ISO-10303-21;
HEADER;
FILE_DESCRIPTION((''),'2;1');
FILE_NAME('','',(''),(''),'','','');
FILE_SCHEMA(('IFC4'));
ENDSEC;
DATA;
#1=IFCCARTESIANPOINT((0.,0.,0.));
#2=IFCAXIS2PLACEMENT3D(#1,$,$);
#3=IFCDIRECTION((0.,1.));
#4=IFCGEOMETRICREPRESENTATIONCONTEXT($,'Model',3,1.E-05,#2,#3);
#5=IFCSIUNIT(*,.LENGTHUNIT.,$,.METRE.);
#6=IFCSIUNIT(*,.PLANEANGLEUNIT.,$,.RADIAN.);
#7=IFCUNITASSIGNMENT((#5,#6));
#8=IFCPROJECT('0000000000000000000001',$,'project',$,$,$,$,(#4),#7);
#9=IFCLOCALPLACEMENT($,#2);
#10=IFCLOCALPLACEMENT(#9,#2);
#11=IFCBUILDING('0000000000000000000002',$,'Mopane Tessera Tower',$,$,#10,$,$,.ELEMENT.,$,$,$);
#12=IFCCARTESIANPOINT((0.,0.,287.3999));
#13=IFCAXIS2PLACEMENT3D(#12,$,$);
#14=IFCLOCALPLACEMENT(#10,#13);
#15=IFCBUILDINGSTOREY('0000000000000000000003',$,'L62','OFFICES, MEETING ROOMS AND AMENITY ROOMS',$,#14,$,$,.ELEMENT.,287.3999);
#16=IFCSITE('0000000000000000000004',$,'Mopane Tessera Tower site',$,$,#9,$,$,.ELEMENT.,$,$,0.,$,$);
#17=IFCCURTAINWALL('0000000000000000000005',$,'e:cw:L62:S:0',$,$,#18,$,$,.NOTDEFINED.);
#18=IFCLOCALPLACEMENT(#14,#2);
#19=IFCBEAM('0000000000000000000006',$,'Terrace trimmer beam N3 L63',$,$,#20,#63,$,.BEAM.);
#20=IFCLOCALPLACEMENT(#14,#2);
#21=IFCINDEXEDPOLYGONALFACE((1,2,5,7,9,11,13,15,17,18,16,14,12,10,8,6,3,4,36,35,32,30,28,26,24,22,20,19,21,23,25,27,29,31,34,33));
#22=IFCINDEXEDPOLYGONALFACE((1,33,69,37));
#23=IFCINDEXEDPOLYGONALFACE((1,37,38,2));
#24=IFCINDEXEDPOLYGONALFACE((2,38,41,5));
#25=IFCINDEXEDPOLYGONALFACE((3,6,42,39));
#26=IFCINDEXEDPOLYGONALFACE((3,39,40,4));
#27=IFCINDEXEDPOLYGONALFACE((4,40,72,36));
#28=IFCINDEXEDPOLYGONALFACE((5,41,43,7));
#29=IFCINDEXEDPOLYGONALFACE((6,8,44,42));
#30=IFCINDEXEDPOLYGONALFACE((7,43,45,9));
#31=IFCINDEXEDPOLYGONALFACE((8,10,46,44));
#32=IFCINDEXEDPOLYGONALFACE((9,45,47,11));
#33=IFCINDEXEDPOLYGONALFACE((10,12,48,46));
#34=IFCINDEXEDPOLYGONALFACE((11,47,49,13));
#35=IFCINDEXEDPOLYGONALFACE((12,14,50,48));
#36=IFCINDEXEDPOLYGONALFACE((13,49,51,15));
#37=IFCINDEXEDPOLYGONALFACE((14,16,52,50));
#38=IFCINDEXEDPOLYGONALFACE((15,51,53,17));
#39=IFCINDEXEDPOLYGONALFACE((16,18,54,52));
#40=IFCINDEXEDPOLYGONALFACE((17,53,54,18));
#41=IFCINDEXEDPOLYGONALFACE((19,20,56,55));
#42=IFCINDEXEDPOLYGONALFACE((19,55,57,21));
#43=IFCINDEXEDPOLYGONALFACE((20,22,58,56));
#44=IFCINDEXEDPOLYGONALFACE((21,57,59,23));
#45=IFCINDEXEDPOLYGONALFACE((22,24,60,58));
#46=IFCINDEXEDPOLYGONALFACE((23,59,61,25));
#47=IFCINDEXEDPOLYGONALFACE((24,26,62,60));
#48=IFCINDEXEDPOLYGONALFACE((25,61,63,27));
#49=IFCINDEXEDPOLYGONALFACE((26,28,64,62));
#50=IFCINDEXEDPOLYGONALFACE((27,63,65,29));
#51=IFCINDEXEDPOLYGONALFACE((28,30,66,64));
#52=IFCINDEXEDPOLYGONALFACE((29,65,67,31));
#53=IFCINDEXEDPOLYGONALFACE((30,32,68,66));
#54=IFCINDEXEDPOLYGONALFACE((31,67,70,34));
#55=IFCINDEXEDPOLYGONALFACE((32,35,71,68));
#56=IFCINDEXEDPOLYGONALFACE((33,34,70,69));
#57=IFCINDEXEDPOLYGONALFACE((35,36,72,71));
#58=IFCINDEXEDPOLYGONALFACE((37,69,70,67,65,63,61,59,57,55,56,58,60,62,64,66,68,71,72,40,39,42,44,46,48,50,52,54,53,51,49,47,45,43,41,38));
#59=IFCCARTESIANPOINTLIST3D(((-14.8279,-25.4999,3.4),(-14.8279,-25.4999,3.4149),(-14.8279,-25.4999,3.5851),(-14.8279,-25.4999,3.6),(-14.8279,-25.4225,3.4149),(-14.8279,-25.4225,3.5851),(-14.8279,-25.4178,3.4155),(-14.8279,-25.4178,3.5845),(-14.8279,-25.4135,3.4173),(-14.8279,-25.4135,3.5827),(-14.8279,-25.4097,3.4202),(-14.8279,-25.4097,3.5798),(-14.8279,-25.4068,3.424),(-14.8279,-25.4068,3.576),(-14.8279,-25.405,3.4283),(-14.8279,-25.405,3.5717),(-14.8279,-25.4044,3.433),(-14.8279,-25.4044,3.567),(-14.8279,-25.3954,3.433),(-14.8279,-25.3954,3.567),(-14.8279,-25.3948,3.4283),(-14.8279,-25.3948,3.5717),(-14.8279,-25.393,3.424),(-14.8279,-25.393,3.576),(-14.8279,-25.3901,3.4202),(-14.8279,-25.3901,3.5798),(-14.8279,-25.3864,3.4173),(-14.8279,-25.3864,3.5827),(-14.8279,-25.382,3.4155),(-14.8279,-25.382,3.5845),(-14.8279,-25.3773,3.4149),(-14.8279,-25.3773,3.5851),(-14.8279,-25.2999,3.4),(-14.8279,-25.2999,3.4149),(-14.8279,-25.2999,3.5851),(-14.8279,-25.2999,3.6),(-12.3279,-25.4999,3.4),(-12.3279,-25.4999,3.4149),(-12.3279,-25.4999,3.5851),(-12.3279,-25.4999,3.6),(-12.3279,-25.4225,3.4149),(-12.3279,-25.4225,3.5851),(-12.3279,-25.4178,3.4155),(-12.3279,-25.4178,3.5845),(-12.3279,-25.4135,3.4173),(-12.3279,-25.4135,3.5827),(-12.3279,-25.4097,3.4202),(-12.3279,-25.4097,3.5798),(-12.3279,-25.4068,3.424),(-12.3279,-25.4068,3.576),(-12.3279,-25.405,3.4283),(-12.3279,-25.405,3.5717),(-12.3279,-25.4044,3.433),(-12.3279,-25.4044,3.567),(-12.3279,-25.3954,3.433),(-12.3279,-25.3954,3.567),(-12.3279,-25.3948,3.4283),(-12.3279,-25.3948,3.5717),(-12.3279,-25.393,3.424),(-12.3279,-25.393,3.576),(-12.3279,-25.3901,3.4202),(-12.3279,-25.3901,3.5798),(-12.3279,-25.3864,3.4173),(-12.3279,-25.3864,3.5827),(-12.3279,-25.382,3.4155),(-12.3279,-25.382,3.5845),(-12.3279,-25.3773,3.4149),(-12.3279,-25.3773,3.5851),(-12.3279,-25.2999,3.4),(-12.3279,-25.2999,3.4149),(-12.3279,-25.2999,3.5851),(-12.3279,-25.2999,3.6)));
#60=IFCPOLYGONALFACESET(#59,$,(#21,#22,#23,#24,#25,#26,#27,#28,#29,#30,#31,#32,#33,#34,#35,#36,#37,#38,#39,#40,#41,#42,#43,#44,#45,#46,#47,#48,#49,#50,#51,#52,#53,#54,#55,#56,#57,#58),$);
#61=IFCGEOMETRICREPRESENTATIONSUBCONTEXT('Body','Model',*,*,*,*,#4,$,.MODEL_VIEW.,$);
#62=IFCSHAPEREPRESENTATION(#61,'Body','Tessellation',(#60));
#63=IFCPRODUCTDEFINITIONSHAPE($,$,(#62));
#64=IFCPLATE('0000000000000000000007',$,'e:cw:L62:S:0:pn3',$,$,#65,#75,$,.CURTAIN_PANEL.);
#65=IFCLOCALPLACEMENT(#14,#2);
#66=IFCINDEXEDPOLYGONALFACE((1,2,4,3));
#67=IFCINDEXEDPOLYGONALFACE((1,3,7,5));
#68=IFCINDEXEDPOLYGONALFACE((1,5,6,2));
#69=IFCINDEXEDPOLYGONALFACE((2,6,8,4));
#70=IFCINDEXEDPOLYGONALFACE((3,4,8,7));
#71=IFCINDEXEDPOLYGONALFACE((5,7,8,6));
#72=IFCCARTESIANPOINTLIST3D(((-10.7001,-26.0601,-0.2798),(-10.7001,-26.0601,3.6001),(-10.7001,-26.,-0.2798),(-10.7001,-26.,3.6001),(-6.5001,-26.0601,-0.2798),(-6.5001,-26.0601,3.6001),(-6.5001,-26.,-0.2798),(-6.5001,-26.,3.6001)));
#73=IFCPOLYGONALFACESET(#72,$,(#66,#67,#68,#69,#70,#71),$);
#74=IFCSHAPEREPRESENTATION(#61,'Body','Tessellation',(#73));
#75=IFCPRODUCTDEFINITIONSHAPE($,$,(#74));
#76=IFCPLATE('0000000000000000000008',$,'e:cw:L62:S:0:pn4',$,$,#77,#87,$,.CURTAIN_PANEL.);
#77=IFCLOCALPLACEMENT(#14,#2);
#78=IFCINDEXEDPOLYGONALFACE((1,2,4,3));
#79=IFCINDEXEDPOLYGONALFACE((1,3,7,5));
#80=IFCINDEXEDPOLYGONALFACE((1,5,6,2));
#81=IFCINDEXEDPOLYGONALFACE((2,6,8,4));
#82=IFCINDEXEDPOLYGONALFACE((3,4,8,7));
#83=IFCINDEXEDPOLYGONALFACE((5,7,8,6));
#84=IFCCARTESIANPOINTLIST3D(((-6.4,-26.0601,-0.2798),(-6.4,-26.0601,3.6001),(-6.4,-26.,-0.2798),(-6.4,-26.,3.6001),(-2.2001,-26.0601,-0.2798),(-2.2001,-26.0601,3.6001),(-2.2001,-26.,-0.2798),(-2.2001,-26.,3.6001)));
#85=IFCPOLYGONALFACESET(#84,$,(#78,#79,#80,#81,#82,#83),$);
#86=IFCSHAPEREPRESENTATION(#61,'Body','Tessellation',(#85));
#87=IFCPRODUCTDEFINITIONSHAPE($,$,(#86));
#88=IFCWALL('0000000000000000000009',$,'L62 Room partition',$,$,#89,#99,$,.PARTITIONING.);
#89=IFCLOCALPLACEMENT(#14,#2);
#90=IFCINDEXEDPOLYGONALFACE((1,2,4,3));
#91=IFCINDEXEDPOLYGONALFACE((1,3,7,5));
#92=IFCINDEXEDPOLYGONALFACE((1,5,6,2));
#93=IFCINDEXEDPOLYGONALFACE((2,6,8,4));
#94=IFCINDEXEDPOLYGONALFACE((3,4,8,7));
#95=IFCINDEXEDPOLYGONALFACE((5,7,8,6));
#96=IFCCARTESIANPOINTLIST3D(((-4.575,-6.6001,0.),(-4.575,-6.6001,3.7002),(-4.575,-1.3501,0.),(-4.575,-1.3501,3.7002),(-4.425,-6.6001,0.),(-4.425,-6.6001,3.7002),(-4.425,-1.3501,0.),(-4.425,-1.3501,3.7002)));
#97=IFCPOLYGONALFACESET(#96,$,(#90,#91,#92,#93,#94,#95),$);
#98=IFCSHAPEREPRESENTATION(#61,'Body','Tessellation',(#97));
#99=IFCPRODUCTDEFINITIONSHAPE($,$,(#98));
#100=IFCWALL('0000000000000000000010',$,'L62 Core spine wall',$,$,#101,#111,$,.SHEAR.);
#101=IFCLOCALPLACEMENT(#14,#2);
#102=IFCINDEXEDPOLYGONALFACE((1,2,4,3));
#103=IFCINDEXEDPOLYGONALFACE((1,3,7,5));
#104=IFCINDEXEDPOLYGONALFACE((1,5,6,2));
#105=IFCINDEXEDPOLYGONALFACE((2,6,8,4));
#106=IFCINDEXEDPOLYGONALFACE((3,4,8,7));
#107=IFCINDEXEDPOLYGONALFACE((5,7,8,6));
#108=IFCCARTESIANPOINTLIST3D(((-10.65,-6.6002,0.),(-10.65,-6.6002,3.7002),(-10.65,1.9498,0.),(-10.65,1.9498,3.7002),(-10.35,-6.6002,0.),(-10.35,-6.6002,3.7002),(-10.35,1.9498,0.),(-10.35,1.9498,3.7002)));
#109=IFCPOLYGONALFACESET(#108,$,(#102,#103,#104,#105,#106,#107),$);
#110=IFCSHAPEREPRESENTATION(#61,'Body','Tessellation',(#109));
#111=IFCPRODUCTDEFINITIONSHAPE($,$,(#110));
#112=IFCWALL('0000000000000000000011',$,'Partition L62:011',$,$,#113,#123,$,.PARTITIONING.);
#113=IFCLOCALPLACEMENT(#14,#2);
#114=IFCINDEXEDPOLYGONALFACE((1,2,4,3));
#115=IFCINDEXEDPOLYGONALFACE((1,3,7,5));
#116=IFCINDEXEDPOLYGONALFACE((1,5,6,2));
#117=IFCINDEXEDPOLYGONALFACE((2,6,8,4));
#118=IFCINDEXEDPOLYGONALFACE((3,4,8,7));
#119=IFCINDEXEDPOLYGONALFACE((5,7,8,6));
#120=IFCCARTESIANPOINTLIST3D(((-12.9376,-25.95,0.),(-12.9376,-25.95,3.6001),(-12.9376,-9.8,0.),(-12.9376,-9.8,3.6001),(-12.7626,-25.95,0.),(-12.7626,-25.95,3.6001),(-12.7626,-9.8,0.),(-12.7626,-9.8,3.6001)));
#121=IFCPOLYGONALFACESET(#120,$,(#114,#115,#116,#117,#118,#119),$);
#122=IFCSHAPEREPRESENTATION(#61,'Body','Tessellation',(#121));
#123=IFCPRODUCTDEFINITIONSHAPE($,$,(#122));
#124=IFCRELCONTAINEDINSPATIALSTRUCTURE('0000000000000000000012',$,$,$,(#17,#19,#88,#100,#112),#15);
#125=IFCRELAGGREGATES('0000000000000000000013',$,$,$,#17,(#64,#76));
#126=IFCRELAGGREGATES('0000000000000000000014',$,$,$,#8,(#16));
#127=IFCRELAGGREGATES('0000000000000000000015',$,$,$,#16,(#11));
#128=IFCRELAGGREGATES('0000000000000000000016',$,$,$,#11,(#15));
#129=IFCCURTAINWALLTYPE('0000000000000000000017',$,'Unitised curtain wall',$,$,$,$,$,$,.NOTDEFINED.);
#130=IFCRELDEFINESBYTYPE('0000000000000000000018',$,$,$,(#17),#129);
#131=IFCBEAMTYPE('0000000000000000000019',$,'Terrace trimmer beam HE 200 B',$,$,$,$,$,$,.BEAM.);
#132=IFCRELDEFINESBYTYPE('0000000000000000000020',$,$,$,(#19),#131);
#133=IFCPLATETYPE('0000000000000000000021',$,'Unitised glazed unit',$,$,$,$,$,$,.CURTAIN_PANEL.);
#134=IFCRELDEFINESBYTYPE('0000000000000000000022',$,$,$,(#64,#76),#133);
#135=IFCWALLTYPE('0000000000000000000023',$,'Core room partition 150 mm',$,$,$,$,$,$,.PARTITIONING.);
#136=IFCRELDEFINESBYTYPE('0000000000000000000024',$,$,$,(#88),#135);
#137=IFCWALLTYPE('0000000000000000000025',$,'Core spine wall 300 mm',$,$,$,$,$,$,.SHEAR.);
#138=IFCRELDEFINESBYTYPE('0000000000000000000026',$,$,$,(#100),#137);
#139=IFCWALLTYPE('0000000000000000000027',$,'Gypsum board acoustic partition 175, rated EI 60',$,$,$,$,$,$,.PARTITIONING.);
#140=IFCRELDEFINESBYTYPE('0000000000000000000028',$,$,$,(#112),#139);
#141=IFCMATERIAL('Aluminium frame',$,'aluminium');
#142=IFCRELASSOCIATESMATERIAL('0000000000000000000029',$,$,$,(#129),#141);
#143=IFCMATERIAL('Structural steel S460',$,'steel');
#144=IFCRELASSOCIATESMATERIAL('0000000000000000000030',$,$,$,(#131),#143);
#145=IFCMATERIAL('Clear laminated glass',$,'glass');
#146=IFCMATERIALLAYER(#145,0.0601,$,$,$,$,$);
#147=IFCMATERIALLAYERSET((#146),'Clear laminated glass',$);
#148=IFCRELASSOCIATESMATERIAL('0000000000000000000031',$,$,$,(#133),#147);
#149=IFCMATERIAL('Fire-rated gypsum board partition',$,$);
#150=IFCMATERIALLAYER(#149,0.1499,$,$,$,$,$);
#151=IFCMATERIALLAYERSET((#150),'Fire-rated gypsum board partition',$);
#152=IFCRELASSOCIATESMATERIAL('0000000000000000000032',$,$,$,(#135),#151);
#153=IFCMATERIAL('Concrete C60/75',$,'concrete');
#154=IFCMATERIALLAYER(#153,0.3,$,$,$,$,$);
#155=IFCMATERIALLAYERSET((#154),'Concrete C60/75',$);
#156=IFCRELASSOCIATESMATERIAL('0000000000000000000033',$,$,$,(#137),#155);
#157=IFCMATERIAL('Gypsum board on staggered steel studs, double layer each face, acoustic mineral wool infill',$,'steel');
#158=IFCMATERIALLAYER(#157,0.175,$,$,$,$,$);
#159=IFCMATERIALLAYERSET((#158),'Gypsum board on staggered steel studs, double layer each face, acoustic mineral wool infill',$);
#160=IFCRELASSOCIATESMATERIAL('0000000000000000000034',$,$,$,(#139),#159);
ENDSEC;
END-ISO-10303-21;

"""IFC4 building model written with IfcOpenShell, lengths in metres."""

from ifc_helpers import new_model, si_unit, direction, frame, frame_2d, origin, origin_2d, place, context, subcontext, project, spatial, rectangle, i_section, extrude, material, layer, layer_set, material_profile, profile_set, type_object, element, aggregate, save


model = new_model("IFC4")

# Units and contexts
model_context = context("Model", 3, precision=1e-05, world=origin(), true_north=direction((0.0, 1.0)))
body_context = subcontext(model_context, "Body", "Model", "MODEL_VIEW")
ifc_project = project(units=[si_unit("LENGTHUNIT", "METRE"), si_unit("PLANEANGLEUNIT", "RADIAN")], contexts=[model_context])

# Site, building, storey
site_placement = place(None, origin())
site = spatial("IfcSite", under=ifc_project, at=site_placement, Name="Mopane Tessera Tower site", CompositionType="ELEMENT", RefElevation=0.0)
building_placement = place(site_placement, origin())
building = spatial("IfcBuilding", under=site, at=building_placement, Name="Mopane Tessera Tower", CompositionType="ELEMENT")
storey_placement = place(building_placement, frame((0.0, 0.0, 287.3999)))
storey = spatial("IfcBuildingStorey", under=building, at=storey_placement, Name="L62", Description="OFFICES, MEETING ROOMS AND AMENITY ROOMS", CompositionType="ELEMENT", Elevation=287.3999)

# Curtain wall
ifc_material_1 = material(Name="Aluminium frame", Category="aluminium")
curtain_wall_type = type_object("IfcCurtainWallType", Name="Unitised curtain wall", PredefinedType="NOTDEFINED", material=ifc_material_1)
curtain_wall_placement = place(storey_placement, origin())
curtain_wall = element("IfcCurtainWall", 1, at=curtain_wall_placement, inside=storey, type_object=curtain_wall_type, Name="e:cw:L62:S:0", PredefinedType="NOTDEFINED")

# Beam
ifc_material_2 = material(Name="Structural steel S460", Category="steel")
ifc_material_profile_1 = material_profile(ifc_material_2, i_section(OverallWidth=0.2, OverallDepth=0.2, WebThickness=0.009, FlangeThickness=0.0149, FilletRadius=0.0181, at=origin_2d()))
ifc_profile_set_1 = profile_set([ifc_material_profile_1], Name="Structural steel S460")
beam_type_1 = type_object("IfcBeamType", Name="Terrace trimmer beam HE 200 B", PredefinedType="BEAM", material=ifc_profile_set_1)
beam_1_placement = place(storey_placement, frame((-12.3279, -25.3999, 3.5), z_axis=(-1.0, 0.0, 0.0), x_axis=(0.0, -1.0, 0.0)))
element("IfcBeam", 2, at=beam_1_placement, inside=storey, type_object=beam_type_1, Name="Terrace trimmer beam N3 L63", PredefinedType="BEAM", context=body_context, shape_type="SweptSolid", body=[
    extrude(i_section(OverallWidth=0.2, OverallDepth=0.2, WebThickness=0.009, FlangeThickness=0.0149, FilletRadius=0.0181, at=origin_2d()), origin(), (0.0, 0.0, 1.0), 2.5),
])

# Plates
ifc_material_3 = material(Name="Clear laminated glass", Category="glass")
ifc_layer_1 = layer(ifc_material_3, 0.0601)
ifc_layer_set_1 = layer_set([ifc_layer_1], Name="Clear laminated glass")
plate_type = type_object("IfcPlateType", Name="Unitised glazed unit", PredefinedType="CURTAIN_PANEL", material=ifc_layer_set_1)
plate_1_placement = place(storey_placement, frame((-8.6001, -26.03, -0.2798), z_axis=(0.0, 0.0, 1.0), x_axis=(1.0, 0.0, 0.0)))
plate_1 = element("IfcPlate", 3, at=plate_1_placement, type_object=plate_type, Name="e:cw:L62:S:0:pn3", PredefinedType="CURTAIN_PANEL", context=body_context, shape_type="SweptSolid", body=[
    extrude(rectangle(XDim=4.2, YDim=0.0601, at=origin_2d()), origin(), (0.0, 0.0, 1.0), 3.8799),
])
plate_2_placement = place(storey_placement, frame((-4.3, -26.03, -0.2798), z_axis=(0.0, 0.0, 1.0), x_axis=(1.0, 0.0, 0.0)))
plate_2 = element("IfcPlate", 4, at=plate_2_placement, type_object=plate_type, Name="e:cw:L62:S:0:pn4", PredefinedType="CURTAIN_PANEL", context=body_context, shape_type="SweptSolid", body=[
    extrude(rectangle(XDim=4.2, YDim=0.0601, at=origin_2d()), origin(), (0.0, 0.0, 1.0), 3.8799),
])
aggregate(curtain_wall, [plate_1, plate_2])

# Walls
ifc_material_4 = material(Name="Fire-rated gypsum board partition")
ifc_layer_2 = layer(ifc_material_4, 0.1499)
ifc_layer_set_2 = layer_set([ifc_layer_2], Name="Fire-rated gypsum board partition")
wall_type_1 = type_object("IfcWallType", Name="Core room partition 150 mm", PredefinedType="PARTITIONING", material=ifc_layer_set_2)
wall_1_placement = place(storey_placement, frame((-4.5, -6.6001, 0.0), z_axis=(0.0, 0.0, 1.0), x_axis=(0.0, 1.0, 0.0)))
element("IfcWall", 5, at=wall_1_placement, inside=storey, type_object=wall_type_1, Name="L62 Room partition", PredefinedType="PARTITIONING", context=body_context, shape_type="SweptSolid", body=[
    extrude(rectangle(XDim=5.25, YDim=0.1499, at=frame_2d((2.625, 0.0))), origin(), (0.0, 0.0, 1.0), 3.7002),
])
ifc_material_5 = material(Name="Concrete C60/75", Category="concrete")
ifc_layer_3 = layer(ifc_material_5, 0.3)
ifc_layer_set_3 = layer_set([ifc_layer_3], Name="Concrete C60/75")
wall_type_2 = type_object("IfcWallType", Name="Core spine wall 300 mm", PredefinedType="SHEAR", material=ifc_layer_set_3)
wall_2_placement = place(storey_placement, frame((-10.5, -6.6001, 0.0), z_axis=(0.0, 0.0, 1.0), x_axis=(0.0, 1.0, 0.0)))
element("IfcWall", 6, at=wall_2_placement, inside=storey, type_object=wall_type_2, Name="L62 Core spine wall", PredefinedType="SHEAR", context=body_context, shape_type="SweptSolid", body=[
    extrude(rectangle(XDim=8.55, YDim=0.3, at=frame_2d((4.2749, 0.0))), origin(), (0.0, 0.0, 1.0), 3.7002),
])
ifc_material_6 = material(Name="Gypsum board on staggered steel studs, double layer each face, acoustic mineral wool infill", Category="steel")
ifc_layer_4 = layer(ifc_material_6, 0.175)
ifc_layer_set_4 = layer_set([ifc_layer_4], Name="Gypsum board on staggered steel studs, double layer each face, acoustic mineral wool infill")
wall_type_3 = type_object("IfcWallType", Name="Gypsum board acoustic partition 175, rated EI 60", PredefinedType="PARTITIONING", material=ifc_layer_set_4)
wall_3_placement = place(storey_placement, frame((-12.8501, -25.95, 0.0), z_axis=(0.0, 0.0, 1.0), x_axis=(0.0, 1.0, 0.0)))
element("IfcWall", 7, at=wall_3_placement, inside=storey, type_object=wall_type_3, Name="Partition L62:011", PredefinedType="PARTITIONING", context=body_context, shape_type="SweptSolid", body=[
    extrude(rectangle(XDim=16.1499, YDim=0.175, at=frame_2d((8.075, 0.0))), origin(), (0.0, 0.0, 1.0), 3.6001),
])

save(model, "model.ifc")
